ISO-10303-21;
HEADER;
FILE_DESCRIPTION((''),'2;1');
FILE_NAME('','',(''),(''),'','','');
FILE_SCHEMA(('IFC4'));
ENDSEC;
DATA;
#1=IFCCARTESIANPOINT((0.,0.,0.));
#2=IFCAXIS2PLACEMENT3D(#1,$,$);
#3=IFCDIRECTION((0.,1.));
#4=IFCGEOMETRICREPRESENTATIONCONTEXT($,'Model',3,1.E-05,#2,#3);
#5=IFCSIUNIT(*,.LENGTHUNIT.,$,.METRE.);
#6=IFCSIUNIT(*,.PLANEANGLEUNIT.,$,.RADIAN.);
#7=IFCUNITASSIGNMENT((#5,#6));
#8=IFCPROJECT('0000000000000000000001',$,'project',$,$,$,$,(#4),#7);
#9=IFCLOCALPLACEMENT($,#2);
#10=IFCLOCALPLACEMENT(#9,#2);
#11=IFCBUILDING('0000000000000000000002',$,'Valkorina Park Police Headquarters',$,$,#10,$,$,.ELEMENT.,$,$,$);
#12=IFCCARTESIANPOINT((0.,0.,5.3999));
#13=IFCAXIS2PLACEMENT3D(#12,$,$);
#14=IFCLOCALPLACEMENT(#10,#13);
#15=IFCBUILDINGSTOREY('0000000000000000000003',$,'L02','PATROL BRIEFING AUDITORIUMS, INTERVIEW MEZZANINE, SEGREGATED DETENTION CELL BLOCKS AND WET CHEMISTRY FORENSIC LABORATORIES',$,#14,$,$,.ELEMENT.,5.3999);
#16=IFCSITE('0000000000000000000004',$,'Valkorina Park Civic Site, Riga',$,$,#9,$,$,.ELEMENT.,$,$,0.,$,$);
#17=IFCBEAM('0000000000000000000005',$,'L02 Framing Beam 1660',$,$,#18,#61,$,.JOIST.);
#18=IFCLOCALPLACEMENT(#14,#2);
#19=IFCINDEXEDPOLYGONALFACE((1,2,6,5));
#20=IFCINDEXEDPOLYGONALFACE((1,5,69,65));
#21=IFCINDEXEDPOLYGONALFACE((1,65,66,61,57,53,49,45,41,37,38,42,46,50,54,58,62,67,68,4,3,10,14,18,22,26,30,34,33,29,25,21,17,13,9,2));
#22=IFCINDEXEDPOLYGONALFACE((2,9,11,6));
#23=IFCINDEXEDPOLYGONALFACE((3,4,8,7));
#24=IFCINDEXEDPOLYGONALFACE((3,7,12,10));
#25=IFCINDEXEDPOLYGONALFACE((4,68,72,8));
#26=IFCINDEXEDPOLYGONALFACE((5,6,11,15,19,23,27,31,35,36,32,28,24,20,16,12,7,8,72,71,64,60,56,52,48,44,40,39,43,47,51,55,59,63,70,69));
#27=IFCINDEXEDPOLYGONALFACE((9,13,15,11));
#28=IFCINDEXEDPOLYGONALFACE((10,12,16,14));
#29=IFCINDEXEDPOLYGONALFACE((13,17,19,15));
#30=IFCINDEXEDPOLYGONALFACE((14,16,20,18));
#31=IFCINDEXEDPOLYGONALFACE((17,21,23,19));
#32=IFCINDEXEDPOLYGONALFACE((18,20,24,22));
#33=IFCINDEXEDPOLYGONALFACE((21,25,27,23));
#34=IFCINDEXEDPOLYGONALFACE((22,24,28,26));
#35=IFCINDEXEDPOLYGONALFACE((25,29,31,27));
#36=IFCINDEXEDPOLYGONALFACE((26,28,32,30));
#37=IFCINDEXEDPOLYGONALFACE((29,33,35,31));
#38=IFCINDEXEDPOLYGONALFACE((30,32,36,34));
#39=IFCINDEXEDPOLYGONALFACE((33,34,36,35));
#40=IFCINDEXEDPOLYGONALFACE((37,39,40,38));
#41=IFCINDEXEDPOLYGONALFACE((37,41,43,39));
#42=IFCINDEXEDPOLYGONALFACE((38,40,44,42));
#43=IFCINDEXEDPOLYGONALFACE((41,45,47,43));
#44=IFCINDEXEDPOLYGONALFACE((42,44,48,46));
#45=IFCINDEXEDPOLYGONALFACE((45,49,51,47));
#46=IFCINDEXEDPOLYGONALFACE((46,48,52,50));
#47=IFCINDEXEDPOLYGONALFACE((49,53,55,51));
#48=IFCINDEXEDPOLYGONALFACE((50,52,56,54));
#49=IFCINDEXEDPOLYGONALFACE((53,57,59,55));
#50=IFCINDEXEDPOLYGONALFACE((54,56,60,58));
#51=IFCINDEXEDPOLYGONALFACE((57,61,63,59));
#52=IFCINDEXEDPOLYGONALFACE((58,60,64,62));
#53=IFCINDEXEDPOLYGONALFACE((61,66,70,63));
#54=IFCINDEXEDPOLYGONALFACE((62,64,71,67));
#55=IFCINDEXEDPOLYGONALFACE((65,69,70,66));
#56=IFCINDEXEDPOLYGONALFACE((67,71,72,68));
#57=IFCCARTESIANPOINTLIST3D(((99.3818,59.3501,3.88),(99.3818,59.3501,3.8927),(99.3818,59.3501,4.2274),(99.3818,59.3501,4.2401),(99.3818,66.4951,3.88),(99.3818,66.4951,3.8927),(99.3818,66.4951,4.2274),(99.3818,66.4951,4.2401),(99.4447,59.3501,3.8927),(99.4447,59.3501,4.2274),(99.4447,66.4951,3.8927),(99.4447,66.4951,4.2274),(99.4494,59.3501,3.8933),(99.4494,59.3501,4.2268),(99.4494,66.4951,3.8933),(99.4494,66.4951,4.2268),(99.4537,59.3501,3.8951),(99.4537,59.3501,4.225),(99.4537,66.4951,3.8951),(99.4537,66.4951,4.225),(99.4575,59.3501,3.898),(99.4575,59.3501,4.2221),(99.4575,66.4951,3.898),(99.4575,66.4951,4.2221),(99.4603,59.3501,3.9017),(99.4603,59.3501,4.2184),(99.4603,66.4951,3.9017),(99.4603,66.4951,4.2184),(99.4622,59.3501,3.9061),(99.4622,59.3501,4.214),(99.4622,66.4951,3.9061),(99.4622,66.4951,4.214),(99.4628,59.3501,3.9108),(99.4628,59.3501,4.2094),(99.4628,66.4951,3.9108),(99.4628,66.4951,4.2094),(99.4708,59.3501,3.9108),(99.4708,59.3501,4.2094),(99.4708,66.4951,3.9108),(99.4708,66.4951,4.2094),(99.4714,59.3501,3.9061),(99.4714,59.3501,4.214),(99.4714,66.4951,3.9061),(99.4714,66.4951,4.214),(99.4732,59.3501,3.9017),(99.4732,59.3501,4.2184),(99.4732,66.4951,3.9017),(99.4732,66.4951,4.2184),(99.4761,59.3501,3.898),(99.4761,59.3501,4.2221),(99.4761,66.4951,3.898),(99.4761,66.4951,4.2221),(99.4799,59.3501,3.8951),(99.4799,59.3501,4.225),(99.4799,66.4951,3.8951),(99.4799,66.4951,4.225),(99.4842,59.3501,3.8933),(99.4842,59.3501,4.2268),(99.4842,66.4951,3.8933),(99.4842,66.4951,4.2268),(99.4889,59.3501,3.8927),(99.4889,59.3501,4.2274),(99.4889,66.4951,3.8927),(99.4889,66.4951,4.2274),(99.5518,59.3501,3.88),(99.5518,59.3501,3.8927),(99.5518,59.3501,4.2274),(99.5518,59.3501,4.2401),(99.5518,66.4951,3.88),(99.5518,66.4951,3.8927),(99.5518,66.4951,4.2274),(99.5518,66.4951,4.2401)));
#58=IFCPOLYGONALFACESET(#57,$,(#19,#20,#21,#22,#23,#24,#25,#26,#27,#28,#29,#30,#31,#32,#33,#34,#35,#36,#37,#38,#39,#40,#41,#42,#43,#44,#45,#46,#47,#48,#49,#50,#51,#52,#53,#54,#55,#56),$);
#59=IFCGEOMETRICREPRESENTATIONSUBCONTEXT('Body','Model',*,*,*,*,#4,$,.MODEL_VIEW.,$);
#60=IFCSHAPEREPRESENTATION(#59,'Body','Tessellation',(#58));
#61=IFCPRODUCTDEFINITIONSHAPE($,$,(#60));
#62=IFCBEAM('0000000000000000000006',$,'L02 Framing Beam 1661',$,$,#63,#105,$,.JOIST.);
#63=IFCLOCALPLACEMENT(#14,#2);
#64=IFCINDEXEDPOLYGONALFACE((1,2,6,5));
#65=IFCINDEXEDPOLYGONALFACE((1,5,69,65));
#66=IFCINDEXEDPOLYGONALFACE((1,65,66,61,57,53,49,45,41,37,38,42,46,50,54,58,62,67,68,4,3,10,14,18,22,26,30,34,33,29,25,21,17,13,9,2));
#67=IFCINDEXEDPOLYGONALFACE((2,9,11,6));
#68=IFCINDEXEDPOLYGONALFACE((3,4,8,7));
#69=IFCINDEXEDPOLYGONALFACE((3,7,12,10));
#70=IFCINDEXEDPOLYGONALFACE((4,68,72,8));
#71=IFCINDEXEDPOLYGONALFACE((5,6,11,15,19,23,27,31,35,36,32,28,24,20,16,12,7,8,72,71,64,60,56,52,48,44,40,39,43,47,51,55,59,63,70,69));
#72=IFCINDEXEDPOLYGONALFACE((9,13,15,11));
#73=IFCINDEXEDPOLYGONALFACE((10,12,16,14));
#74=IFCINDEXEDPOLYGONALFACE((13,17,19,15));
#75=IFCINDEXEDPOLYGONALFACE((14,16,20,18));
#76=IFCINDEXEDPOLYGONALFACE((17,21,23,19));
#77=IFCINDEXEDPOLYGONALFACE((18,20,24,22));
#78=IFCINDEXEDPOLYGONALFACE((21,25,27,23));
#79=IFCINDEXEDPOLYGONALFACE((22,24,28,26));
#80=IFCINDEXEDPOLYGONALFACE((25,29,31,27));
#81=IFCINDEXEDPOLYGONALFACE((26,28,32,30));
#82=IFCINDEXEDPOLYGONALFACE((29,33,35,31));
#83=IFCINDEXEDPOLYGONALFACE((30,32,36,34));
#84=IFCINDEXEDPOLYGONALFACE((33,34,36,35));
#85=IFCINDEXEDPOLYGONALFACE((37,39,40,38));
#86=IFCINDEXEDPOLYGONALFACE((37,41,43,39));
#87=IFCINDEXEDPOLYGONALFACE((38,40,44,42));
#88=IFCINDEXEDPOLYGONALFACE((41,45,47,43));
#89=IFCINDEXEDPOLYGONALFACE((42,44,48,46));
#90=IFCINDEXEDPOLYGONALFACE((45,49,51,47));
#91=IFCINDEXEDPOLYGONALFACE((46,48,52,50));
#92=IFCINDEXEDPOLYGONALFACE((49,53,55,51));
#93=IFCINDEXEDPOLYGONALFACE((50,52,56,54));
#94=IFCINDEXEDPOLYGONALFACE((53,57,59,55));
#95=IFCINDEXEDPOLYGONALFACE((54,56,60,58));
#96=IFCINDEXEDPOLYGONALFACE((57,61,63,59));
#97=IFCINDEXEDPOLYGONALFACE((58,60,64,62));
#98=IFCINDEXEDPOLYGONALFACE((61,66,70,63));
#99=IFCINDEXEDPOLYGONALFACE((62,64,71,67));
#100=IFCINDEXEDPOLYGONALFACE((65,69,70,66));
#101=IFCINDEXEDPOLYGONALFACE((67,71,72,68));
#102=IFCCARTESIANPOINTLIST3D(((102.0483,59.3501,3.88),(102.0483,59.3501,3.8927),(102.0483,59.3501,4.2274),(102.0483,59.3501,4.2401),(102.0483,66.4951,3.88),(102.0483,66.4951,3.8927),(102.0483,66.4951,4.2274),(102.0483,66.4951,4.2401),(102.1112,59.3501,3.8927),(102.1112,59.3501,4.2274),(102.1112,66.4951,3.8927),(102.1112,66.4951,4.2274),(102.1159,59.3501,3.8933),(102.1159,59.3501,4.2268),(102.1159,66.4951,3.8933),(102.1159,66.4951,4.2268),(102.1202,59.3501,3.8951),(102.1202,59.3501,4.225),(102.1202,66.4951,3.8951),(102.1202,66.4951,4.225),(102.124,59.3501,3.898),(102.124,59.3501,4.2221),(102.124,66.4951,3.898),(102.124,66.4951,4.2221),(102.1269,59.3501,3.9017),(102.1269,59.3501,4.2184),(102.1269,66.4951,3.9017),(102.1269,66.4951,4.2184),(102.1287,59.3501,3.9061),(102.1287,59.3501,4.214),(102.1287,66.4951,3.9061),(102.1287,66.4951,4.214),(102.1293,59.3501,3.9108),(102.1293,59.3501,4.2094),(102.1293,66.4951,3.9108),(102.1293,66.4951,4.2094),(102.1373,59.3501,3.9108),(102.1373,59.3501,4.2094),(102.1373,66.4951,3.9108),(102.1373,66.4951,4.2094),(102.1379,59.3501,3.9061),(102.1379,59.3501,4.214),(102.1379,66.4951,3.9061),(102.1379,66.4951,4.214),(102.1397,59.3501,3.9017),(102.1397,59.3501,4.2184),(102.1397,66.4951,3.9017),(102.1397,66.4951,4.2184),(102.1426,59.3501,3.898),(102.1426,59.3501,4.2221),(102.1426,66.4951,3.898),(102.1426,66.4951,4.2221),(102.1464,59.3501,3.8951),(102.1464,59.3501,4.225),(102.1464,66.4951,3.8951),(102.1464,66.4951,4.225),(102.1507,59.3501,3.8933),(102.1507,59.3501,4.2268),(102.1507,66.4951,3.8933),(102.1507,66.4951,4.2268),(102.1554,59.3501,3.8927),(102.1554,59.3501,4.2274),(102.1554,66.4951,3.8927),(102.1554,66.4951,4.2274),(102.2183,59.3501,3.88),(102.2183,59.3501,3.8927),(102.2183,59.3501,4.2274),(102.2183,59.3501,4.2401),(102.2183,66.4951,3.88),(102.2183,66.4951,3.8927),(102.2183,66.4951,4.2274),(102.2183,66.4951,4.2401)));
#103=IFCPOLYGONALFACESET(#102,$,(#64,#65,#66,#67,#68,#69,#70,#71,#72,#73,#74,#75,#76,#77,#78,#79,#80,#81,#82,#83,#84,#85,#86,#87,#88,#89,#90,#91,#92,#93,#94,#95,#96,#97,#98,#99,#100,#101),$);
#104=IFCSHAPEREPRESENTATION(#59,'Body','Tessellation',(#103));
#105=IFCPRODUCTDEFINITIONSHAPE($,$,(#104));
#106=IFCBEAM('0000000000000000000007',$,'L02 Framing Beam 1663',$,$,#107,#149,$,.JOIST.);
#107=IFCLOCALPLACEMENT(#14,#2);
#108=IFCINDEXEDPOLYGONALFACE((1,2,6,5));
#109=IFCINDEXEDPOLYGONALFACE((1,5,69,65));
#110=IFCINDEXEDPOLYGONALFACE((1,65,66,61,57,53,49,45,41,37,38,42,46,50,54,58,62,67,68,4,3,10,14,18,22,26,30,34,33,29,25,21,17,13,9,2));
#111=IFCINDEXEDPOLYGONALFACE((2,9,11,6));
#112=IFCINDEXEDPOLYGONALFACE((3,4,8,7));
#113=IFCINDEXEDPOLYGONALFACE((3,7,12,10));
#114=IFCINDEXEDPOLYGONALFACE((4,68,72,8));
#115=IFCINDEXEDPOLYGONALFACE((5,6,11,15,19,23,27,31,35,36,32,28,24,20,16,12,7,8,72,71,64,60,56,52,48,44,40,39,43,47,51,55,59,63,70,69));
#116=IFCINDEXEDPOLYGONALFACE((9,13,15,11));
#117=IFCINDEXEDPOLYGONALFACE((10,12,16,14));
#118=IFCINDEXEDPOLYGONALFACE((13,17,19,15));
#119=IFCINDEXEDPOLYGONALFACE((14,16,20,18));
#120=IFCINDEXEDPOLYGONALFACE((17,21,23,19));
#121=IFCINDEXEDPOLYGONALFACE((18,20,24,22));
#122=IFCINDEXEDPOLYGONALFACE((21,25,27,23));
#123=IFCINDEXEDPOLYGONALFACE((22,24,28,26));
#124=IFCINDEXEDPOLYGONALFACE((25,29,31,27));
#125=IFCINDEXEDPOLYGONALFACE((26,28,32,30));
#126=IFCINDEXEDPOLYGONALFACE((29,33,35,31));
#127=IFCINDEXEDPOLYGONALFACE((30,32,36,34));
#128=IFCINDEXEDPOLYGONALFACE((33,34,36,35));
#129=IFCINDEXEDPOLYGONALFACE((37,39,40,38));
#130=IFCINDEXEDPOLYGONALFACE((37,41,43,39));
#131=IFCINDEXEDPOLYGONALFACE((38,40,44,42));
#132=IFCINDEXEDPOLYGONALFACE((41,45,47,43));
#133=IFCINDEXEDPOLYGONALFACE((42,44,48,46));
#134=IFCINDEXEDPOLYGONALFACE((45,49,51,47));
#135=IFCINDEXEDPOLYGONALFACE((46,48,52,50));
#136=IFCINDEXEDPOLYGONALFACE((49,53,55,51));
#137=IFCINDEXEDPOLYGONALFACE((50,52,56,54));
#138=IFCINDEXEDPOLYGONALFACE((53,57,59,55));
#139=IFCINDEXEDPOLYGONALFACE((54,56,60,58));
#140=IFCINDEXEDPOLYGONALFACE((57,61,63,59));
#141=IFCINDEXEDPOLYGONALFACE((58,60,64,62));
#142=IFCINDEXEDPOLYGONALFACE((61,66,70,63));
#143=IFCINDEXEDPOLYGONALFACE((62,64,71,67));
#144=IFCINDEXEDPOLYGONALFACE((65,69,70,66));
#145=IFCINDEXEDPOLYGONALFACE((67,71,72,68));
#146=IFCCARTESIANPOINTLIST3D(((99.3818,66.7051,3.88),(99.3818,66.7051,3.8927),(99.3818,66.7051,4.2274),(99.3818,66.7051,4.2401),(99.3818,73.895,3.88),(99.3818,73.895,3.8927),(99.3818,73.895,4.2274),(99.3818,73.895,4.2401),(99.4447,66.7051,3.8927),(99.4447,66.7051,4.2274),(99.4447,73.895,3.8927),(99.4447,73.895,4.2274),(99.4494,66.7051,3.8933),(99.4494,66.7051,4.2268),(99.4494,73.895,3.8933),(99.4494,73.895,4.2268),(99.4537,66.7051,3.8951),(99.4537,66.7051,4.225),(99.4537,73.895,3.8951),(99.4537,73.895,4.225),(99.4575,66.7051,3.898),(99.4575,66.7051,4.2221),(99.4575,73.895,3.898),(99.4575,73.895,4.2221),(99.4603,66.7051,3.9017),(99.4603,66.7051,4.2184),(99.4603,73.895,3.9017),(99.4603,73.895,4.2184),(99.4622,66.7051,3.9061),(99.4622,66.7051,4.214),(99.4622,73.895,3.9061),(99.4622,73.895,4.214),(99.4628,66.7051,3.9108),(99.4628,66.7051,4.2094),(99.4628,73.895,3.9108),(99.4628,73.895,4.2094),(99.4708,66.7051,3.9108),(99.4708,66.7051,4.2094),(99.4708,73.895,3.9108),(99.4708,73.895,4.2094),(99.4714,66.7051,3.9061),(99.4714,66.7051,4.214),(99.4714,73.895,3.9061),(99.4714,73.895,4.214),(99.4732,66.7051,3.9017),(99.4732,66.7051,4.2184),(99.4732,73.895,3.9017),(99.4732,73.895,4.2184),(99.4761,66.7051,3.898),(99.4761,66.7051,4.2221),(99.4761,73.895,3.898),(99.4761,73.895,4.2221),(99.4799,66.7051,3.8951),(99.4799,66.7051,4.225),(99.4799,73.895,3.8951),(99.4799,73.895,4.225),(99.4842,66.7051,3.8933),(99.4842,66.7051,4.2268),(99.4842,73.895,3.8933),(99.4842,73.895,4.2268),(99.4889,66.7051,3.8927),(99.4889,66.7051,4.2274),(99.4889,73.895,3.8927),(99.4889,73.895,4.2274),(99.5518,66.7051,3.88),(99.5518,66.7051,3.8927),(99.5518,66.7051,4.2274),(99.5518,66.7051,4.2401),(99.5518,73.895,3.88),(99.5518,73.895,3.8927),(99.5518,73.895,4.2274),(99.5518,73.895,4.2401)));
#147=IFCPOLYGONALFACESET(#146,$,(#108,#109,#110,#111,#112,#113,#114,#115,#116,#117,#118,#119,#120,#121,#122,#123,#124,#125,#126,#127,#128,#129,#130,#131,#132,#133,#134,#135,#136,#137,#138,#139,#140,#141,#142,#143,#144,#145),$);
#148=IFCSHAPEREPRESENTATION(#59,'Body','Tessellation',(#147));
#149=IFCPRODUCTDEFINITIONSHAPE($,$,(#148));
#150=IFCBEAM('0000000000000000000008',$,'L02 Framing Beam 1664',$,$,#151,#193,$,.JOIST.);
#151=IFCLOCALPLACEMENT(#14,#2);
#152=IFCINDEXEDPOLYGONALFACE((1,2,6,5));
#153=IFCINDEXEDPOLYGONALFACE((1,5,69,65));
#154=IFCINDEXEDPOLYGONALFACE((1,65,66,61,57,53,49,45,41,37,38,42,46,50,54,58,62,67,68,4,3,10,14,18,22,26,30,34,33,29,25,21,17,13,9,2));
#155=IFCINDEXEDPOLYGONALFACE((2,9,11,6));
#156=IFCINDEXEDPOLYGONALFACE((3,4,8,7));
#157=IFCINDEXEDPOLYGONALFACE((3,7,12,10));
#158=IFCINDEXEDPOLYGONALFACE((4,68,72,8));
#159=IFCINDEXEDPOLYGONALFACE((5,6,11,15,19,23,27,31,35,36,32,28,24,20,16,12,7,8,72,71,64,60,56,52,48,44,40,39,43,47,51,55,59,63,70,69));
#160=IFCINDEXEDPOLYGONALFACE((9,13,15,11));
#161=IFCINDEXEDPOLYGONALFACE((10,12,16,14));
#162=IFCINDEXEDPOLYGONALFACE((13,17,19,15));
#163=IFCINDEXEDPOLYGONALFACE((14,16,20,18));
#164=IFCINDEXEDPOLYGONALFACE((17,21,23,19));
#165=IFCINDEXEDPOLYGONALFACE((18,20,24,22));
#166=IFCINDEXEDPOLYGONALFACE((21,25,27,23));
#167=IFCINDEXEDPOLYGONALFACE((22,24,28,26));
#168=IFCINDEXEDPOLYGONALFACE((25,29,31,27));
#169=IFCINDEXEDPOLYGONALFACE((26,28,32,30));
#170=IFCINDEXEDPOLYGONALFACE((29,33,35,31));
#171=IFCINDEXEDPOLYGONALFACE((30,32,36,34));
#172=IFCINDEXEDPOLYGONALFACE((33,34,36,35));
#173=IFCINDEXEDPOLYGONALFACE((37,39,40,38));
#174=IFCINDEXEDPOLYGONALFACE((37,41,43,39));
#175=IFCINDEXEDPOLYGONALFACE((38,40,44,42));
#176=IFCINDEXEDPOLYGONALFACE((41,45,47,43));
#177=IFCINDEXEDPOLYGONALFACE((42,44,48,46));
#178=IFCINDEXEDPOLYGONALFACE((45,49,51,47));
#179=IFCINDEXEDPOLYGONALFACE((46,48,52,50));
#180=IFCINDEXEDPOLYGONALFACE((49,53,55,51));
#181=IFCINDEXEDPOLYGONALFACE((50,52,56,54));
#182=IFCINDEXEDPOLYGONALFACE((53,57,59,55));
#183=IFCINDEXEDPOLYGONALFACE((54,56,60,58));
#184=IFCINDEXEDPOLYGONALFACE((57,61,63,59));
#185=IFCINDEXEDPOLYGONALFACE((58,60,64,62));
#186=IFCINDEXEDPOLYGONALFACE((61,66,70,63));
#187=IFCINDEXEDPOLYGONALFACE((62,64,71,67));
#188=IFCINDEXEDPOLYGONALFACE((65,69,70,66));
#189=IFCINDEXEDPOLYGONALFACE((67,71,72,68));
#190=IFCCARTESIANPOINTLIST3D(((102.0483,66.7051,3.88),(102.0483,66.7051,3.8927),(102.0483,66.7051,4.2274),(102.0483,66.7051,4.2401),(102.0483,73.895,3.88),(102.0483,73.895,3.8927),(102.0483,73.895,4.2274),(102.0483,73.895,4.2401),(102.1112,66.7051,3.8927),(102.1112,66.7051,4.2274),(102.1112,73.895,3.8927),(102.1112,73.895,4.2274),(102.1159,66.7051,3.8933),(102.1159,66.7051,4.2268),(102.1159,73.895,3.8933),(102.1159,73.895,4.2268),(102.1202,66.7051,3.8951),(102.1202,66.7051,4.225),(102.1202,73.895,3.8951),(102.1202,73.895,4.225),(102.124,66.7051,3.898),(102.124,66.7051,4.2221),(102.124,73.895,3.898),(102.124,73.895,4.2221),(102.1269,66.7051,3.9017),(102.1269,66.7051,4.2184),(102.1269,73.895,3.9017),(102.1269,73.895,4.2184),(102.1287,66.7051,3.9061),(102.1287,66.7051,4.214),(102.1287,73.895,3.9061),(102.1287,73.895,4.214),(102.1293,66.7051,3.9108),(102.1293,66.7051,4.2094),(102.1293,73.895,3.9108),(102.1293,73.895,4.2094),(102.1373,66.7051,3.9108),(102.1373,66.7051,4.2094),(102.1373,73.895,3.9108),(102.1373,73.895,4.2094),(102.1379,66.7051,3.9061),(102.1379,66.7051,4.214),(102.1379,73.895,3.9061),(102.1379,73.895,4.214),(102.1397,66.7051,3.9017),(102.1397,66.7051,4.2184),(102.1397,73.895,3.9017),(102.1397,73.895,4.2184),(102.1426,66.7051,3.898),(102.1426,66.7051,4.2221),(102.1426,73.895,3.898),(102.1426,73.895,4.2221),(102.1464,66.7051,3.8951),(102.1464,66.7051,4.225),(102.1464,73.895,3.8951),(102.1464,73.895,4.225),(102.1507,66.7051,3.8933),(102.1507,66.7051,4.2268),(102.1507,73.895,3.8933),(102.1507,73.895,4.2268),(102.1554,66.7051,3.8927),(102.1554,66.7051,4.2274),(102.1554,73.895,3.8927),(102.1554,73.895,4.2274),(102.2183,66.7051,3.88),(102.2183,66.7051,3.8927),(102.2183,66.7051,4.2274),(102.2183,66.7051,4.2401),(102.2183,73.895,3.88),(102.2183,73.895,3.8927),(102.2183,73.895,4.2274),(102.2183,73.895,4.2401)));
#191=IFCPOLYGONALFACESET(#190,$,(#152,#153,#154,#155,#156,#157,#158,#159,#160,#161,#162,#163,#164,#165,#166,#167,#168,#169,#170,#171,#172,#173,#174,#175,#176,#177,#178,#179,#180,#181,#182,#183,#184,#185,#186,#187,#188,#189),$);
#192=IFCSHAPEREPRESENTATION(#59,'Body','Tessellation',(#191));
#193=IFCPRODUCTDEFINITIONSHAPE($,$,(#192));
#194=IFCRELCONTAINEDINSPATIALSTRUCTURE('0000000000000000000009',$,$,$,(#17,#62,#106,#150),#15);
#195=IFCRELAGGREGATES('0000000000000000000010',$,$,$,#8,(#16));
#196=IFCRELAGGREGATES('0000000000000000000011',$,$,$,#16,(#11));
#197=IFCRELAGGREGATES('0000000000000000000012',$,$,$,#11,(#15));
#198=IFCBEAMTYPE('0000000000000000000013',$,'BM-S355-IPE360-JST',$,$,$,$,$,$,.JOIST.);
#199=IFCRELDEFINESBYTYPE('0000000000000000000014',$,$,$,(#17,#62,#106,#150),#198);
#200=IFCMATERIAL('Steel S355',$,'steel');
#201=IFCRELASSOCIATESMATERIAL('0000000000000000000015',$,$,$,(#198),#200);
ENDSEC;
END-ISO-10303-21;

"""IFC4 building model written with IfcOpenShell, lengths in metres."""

from ifc_helpers import new_model, si_unit, direction, frame, origin, origin_2d, place, context, subcontext, project, spatial, i_section, extrude, material, material_profile, profile_set, type_object, element, save


model = new_model("IFC4")

# Units and contexts
model_context = context("Model", 3, precision=1e-05, world=origin(), true_north=direction((0.0, 1.0)))
body_context = subcontext(model_context, "Body", "Model", "MODEL_VIEW")
ifc_project = project(units=[si_unit("LENGTHUNIT", "METRE"), si_unit("PLANEANGLEUNIT", "RADIAN")], contexts=[model_context])

# Site, building, storey
site_placement = place(None, origin())
site = spatial("IfcSite", under=ifc_project, at=site_placement, Name="Valkorina Park Civic Site, Riga", CompositionType="ELEMENT", RefElevation=0.0)
building_placement = place(site_placement, origin())
building = spatial("IfcBuilding", under=site, at=building_placement, Name="Valkorina Park Police Headquarters", CompositionType="ELEMENT")
storey_placement = place(building_placement, frame((0.0, 0.0, 5.3999)))
storey = spatial("IfcBuildingStorey", under=building, at=storey_placement, Name="L02", Description="PATROL BRIEFING AUDITORIUMS, INTERVIEW MEZZANINE, SEGREGATED DETENTION CELL BLOCKS AND WET CHEMISTRY FORENSIC LABORATORIES", CompositionType="ELEMENT", Elevation=5.3999)

# Shared definitions
ifc_material_1 = material(Name="Steel S355", Category="steel")

# Beams
ifc_material_profile_1 = material_profile(ifc_material_1, i_section(OverallWidth=0.1699, OverallDepth=0.3601, WebThickness=0.0081, FlangeThickness=0.0127, FilletRadius=0.0181, at=origin_2d()), Name="IPE 360")
ifc_profile_set_1 = profile_set([ifc_material_profile_1], Name="Steel S355")
beam_type_1 = type_object("IfcBeamType", Name="BM-S355-IPE360-JST", PredefinedType="JOIST", material=ifc_profile_set_1)
for number, where, z_axis, x_axis, name in (
    (1, (99.4668, 59.3501, 4.0601), (0.0, 1.0, 0.0), (-1.0, 0.0, 0.0), "L02 Framing Beam 1660"),
    (2, (102.1333, 59.3501, 4.0601), (0.0, 1.0, 0.0), (-1.0, 0.0, 0.0), "L02 Framing Beam 1661"),
):
    element("IfcBeam", number, at=place(storey_placement, frame(where, z_axis=z_axis, x_axis=x_axis)), inside=storey, type_object=beam_type_1, Name=name, PredefinedType="JOIST", context=body_context, shape_type="SweptSolid", body=[
        extrude(i_section(OverallWidth=0.1699, OverallDepth=0.3601, WebThickness=0.0081, FlangeThickness=0.0127, FilletRadius=0.0181, at=origin_2d()), origin(), (0.0, 0.0, 1.0), 7.145),
    ])
for number, where, z_axis, x_axis, name in (
    (3, (99.4668, 66.7051, 4.0601), (0.0, 1.0, 0.0), (-1.0, 0.0, 0.0), "L02 Framing Beam 1663"),
    (4, (102.1333, 66.7051, 4.0601), (0.0, 1.0, 0.0), (-1.0, 0.0, 0.0), "L02 Framing Beam 1664"),
):
    element("IfcBeam", number, at=place(storey_placement, frame(where, z_axis=z_axis, x_axis=x_axis)), inside=storey, type_object=beam_type_1, Name=name, PredefinedType="JOIST", context=body_context, shape_type="SweptSolid", body=[
        extrude(i_section(OverallWidth=0.1699, OverallDepth=0.3601, WebThickness=0.0081, FlangeThickness=0.0127, FilletRadius=0.0181, at=origin_2d()), origin(), (0.0, 0.0, 1.0), 7.1899),
    ])

save(model, "model.ifc")
